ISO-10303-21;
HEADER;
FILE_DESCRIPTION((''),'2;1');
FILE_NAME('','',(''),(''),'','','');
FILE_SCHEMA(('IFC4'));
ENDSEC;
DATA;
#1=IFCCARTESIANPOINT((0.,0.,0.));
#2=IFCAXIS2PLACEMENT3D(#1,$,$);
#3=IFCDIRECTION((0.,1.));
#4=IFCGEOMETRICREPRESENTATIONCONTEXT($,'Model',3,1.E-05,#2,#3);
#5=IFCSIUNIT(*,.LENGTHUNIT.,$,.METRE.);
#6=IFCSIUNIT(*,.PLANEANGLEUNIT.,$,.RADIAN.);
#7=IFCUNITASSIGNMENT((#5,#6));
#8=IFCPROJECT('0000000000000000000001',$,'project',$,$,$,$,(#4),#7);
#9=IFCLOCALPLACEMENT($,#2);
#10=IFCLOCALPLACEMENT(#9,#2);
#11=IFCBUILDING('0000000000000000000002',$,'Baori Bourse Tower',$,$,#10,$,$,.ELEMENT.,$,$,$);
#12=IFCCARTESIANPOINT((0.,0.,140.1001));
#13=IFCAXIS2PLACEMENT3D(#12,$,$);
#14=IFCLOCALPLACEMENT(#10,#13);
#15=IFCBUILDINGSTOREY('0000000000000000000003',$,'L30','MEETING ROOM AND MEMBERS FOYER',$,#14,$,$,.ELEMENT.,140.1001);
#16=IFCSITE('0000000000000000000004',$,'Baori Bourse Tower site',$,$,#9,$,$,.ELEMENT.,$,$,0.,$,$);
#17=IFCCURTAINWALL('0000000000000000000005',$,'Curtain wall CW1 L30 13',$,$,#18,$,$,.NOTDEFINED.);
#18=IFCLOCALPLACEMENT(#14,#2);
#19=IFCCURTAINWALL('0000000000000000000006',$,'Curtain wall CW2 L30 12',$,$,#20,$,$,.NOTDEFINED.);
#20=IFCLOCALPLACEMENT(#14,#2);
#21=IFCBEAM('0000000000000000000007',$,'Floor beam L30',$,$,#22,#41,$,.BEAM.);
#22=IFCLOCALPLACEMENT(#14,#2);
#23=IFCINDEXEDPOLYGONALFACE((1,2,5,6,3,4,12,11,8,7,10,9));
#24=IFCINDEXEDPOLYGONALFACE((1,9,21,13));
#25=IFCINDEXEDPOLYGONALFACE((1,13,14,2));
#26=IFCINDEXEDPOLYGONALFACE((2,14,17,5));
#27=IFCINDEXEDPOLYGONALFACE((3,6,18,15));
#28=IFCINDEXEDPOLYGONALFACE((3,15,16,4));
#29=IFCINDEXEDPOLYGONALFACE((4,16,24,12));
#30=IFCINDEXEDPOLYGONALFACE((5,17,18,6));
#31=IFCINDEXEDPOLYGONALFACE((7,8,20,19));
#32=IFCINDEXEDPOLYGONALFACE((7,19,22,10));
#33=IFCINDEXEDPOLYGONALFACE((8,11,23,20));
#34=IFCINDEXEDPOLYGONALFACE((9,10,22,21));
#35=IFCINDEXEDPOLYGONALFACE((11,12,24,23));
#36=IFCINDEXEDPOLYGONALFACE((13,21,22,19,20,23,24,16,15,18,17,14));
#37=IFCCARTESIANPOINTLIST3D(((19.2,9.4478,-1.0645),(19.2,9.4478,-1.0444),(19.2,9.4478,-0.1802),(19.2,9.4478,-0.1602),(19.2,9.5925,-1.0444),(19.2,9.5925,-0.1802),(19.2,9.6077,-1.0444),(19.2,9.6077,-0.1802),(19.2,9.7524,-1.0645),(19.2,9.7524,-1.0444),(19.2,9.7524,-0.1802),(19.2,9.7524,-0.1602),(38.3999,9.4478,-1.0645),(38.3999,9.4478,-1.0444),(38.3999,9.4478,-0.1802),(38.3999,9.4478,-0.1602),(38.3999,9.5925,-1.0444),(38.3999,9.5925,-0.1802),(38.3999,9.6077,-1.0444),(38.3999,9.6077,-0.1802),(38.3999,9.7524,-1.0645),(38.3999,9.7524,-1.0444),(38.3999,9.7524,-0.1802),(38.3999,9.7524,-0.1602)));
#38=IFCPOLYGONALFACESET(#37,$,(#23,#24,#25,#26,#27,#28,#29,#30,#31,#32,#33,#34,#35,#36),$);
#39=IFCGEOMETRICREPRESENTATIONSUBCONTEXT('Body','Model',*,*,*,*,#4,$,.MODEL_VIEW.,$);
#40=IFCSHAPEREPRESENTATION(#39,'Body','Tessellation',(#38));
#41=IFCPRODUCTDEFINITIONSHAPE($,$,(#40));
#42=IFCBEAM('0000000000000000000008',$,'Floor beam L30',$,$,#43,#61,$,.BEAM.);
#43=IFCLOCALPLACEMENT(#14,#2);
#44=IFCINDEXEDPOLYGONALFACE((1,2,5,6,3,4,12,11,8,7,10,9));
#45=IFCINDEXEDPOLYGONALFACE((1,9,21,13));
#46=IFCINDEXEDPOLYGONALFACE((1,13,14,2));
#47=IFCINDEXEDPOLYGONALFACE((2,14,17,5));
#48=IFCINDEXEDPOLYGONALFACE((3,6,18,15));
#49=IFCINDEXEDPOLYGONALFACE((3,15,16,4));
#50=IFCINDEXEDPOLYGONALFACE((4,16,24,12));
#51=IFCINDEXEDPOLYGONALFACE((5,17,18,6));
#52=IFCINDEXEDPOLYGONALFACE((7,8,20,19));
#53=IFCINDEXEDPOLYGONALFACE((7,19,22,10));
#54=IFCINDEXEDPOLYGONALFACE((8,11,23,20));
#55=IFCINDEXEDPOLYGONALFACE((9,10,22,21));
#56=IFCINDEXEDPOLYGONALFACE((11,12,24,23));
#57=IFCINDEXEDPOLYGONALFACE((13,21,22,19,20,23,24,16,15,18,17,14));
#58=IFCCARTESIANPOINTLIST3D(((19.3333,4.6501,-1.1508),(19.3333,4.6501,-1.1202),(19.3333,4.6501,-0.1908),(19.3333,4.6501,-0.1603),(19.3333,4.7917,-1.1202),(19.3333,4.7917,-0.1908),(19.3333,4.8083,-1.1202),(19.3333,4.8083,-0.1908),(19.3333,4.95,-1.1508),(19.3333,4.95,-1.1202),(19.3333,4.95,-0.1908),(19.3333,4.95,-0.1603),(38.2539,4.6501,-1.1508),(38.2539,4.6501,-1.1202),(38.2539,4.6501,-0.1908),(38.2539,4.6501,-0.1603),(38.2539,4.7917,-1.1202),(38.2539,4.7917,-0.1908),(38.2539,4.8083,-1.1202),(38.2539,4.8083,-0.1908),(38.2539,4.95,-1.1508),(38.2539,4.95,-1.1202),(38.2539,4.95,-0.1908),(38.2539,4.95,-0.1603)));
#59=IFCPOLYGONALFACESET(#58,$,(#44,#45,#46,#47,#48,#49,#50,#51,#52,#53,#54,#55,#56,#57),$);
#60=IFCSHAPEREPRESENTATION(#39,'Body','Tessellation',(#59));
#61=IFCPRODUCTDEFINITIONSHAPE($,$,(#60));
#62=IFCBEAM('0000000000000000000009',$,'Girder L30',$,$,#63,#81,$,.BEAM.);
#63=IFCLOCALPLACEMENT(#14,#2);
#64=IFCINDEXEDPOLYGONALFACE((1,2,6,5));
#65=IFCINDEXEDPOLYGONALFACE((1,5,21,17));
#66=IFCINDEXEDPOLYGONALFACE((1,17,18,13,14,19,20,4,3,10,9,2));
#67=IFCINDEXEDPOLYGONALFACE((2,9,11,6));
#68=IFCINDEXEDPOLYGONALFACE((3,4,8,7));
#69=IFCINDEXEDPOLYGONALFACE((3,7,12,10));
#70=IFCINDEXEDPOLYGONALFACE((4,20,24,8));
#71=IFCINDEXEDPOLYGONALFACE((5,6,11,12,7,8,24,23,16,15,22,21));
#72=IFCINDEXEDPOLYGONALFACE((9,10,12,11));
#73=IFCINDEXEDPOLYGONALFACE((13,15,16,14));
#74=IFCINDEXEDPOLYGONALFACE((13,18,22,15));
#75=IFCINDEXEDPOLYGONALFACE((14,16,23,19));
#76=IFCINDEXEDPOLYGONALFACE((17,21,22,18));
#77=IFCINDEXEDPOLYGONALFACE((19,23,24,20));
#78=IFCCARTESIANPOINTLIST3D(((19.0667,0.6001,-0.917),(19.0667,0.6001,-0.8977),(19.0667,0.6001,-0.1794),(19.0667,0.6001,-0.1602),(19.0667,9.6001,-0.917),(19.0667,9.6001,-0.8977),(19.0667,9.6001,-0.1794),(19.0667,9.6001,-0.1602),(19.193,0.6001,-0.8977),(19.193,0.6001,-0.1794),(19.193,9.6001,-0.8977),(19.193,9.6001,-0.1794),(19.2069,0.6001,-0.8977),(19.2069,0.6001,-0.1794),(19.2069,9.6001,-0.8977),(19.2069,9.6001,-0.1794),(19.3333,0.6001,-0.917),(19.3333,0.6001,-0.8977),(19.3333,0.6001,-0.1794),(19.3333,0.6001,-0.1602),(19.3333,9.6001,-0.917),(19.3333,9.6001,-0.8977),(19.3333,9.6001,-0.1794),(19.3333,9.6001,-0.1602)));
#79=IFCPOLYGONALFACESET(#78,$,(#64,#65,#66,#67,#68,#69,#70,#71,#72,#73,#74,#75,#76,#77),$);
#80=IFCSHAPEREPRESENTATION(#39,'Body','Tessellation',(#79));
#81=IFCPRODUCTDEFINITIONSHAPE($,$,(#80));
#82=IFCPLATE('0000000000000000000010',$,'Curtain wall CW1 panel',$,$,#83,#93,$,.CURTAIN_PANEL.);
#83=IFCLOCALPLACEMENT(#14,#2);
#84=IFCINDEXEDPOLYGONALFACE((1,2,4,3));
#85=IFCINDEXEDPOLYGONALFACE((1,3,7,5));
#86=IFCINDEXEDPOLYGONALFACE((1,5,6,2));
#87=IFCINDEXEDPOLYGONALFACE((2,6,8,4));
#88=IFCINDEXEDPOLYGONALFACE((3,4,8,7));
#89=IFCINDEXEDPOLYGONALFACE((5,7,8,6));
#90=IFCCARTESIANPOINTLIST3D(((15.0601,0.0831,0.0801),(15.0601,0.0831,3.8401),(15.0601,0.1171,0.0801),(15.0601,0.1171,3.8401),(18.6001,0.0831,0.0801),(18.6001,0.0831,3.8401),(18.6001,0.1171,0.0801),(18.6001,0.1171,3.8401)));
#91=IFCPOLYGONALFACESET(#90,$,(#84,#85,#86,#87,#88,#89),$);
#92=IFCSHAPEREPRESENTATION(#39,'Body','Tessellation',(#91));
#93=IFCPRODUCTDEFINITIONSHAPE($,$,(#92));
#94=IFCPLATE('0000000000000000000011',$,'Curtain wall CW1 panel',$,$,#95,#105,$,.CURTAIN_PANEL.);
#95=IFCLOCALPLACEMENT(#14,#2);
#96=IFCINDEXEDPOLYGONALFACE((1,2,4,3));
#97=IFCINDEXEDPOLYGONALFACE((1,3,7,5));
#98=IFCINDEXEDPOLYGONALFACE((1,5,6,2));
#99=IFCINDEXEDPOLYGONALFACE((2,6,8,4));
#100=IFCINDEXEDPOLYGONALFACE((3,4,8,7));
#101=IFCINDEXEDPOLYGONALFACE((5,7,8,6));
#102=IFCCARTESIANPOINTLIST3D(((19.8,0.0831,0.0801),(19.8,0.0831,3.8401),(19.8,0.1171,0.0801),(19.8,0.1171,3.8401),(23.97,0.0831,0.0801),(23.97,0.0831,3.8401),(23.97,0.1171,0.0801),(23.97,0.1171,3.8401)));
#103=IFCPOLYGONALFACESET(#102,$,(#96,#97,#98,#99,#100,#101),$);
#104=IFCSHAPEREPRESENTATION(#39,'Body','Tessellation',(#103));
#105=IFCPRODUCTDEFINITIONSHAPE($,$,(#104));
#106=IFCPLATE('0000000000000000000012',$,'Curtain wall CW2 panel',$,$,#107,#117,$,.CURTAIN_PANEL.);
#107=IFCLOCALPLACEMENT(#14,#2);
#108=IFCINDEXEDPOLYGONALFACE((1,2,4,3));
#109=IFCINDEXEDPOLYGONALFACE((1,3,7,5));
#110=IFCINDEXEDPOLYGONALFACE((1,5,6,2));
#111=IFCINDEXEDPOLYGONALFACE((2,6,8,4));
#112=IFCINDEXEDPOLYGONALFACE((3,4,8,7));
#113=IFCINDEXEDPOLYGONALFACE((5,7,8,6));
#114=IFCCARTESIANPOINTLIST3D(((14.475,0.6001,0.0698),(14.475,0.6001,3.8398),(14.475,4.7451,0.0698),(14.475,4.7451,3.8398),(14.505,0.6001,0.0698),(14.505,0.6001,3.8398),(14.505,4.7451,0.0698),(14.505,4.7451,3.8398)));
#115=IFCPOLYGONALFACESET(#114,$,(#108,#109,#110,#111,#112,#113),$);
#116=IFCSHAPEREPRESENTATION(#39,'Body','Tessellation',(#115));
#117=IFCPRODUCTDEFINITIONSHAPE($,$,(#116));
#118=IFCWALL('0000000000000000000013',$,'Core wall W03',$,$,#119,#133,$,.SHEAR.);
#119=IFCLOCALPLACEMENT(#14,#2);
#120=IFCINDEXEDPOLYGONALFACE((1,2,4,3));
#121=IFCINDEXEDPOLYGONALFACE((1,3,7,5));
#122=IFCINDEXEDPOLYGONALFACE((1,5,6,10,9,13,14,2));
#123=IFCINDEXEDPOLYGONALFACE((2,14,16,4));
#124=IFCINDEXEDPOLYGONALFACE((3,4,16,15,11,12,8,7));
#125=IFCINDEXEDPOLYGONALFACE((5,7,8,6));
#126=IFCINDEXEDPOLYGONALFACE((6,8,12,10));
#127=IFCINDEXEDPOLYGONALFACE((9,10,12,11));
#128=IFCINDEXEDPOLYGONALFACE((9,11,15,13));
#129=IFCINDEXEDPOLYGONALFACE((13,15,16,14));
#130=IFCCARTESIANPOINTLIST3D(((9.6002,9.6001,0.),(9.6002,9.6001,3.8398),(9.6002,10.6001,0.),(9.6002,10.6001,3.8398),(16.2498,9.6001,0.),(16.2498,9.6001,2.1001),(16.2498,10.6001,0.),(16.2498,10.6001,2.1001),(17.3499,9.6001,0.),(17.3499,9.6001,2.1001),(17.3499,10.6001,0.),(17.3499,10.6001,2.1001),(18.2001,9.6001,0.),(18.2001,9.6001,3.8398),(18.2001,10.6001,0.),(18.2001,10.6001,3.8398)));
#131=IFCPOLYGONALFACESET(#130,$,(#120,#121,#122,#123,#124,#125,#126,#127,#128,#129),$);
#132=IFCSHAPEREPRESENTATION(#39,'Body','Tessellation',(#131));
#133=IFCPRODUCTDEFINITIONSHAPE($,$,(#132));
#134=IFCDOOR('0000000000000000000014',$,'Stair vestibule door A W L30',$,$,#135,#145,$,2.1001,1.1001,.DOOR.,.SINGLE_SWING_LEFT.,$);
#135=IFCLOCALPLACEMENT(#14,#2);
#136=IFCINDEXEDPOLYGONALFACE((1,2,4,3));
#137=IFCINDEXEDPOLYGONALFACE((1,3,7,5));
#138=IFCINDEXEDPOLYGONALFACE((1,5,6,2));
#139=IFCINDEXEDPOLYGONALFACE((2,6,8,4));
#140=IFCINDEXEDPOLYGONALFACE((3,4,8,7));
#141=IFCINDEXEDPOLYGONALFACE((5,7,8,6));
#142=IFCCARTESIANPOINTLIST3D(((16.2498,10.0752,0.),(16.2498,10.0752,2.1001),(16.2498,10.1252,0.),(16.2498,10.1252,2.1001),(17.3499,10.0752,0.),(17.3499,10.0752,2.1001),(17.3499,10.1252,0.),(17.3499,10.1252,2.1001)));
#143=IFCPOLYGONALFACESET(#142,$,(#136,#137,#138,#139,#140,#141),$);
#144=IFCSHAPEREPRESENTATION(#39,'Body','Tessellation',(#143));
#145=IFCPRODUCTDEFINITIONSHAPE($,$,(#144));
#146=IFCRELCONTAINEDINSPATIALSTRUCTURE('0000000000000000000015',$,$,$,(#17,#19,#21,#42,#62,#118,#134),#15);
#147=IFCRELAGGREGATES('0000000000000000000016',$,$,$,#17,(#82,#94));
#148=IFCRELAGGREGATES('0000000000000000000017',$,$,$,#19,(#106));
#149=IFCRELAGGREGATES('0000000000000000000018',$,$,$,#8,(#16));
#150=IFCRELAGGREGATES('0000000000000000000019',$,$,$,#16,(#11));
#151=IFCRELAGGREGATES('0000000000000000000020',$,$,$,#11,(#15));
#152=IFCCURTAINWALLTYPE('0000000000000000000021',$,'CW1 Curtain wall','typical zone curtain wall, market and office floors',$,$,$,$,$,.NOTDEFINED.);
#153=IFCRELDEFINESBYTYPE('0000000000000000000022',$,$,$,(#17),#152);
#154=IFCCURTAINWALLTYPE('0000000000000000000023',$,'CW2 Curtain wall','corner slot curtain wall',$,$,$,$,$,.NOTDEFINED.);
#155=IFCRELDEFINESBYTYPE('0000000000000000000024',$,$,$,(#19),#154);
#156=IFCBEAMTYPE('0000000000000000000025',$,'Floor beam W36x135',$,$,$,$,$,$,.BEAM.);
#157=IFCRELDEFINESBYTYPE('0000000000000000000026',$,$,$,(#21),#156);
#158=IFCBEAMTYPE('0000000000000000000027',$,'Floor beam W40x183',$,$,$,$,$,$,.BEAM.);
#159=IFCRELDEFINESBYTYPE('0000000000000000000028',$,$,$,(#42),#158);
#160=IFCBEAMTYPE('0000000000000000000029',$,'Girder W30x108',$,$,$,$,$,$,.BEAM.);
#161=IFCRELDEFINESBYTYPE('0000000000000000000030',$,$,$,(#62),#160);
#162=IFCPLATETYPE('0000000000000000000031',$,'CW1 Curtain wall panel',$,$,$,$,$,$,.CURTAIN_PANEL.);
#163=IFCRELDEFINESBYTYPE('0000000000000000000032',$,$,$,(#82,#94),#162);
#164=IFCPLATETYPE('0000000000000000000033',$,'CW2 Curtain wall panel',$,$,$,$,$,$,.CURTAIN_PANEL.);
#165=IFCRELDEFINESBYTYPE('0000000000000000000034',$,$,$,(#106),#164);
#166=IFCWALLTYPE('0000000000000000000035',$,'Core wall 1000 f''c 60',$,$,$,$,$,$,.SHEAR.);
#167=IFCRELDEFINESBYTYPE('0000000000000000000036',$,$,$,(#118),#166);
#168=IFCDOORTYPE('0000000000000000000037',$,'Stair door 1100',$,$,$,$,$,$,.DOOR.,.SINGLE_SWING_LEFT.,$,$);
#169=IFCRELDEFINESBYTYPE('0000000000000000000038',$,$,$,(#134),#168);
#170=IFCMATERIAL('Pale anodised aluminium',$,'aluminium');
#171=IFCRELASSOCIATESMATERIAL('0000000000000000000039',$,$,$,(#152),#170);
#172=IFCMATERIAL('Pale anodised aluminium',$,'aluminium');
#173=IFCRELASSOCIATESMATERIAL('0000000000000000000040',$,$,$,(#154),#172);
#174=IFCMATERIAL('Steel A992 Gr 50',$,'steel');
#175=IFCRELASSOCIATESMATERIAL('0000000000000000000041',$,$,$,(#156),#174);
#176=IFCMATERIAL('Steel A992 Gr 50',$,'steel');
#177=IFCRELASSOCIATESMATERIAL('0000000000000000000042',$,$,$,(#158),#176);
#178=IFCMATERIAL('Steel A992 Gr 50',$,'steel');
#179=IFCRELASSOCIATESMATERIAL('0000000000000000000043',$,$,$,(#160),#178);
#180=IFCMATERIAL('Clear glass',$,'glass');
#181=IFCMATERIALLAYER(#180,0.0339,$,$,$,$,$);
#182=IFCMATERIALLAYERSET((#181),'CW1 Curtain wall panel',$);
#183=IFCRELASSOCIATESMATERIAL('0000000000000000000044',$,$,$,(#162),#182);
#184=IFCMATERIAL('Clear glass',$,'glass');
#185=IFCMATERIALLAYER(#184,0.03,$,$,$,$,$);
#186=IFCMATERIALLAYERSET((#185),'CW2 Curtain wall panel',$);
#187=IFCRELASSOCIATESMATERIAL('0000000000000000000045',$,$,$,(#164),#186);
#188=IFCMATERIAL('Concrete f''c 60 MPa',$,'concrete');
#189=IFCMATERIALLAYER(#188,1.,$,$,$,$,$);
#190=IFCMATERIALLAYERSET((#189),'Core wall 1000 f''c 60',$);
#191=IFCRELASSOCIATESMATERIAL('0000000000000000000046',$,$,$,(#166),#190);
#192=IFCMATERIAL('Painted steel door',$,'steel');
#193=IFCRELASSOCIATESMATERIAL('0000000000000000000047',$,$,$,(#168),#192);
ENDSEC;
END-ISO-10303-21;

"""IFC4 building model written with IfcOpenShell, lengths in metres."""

from ifc_helpers import new_model, si_unit, direction, frame, frame_2d, origin, origin_2d, place, context, subcontext, project, spatial, rectangle, i_section, extrude, material, layer, layer_set, material_profile, profile_set, type_object, element, fill, aggregate, save


model = new_model("IFC4")

# Units and contexts
model_context = context("Model", 3, precision=1e-05, world=origin(), true_north=direction((0.0, 1.0)))
body_context = subcontext(model_context, "Body", "Model", "MODEL_VIEW")
ifc_project = project(units=[si_unit("LENGTHUNIT", "METRE"), si_unit("PLANEANGLEUNIT", "RADIAN")], contexts=[model_context])

# Site, building, storey
site_placement = place(None, origin())
site = spatial("IfcSite", under=ifc_project, at=site_placement, Name="Baori Bourse Tower site", CompositionType="ELEMENT", RefElevation=0.0)
building_placement = place(site_placement, origin())
building = spatial("IfcBuilding", under=site, at=building_placement, Name="Baori Bourse Tower", CompositionType="ELEMENT")
storey_placement = place(building_placement, frame((0.0, 0.0, 140.1001)))
storey = spatial("IfcBuildingStorey", under=building, at=storey_placement, Name="L30", Description="MEETING ROOM AND MEMBERS FOYER", CompositionType="ELEMENT", Elevation=140.1001)

# Curtain walls
ifc_material_1 = material(Name="Pale anodised aluminium", Category="aluminium")
curtain_wall_type_1 = type_object("IfcCurtainWallType", Name="CW1 Curtain wall", Description="typical zone curtain wall, market and office floors", PredefinedType="NOTDEFINED", material=ifc_material_1)
curtain_wall_1_placement = place(storey_placement, origin())
curtain_wall_1 = element("IfcCurtainWall", 1, at=curtain_wall_1_placement, inside=storey, type_object=curtain_wall_type_1, Name="Curtain wall CW1 L30 13", PredefinedType="NOTDEFINED")
ifc_material_2 = material(Name="Pale anodised aluminium", Category="aluminium")
curtain_wall_type_2 = type_object("IfcCurtainWallType", Name="CW2 Curtain wall", Description="corner slot curtain wall", PredefinedType="NOTDEFINED", material=ifc_material_2)
curtain_wall_2_placement = place(storey_placement, origin())
curtain_wall_2 = element("IfcCurtainWall", 2, at=curtain_wall_2_placement, inside=storey, type_object=curtain_wall_type_2, Name="Curtain wall CW2 L30 12", PredefinedType="NOTDEFINED")

# Beams
ifc_material_3 = material(Name="Steel A992 Gr 50", Category="steel")
ifc_material_profile_1 = material_profile(ifc_material_3, i_section(OverallWidth=0.3047, OverallDepth=0.9043, WebThickness=0.0151, FlangeThickness=0.02, at=origin_2d()), Name="W36x135")
ifc_profile_set_1 = profile_set([ifc_material_profile_1], Name="Steel A992 Gr 50")
beam_type_1 = type_object("IfcBeamType", Name="Floor beam W36x135", PredefinedType="BEAM", material=ifc_profile_set_1)
beam_1_placement = place(storey_placement, frame((19.2, 9.6001, -0.6123), z_axis=(1.0, 0.0, 0.0), x_axis=(0.0, 1.0, 0.0)))
element("IfcBeam", 3, at=beam_1_placement, inside=storey, type_object=beam_type_1, Name="Floor beam L30", PredefinedType="BEAM", context=body_context, shape_type="SweptSolid", body=[
    extrude(i_section(OverallWidth=0.3047, OverallDepth=0.9043, WebThickness=0.0151, FlangeThickness=0.02, at=origin_2d()), origin(), (0.0, 0.0, 1.0), 19.2),
])
ifc_material_4 = material(Name="Steel A992 Gr 50", Category="steel")
ifc_material_profile_2 = material_profile(ifc_material_4, i_section(OverallWidth=0.2998, OverallDepth=0.9905, WebThickness=0.0166, FlangeThickness=0.0305, at=origin_2d()), Name="W40x183")
ifc_profile_set_2 = profile_set([ifc_material_profile_2], Name="Steel A992 Gr 50")
beam_type_2 = type_object("IfcBeamType", Name="Floor beam W40x183", PredefinedType="BEAM", material=ifc_profile_set_2)
beam_2_placement = place(storey_placement, frame((19.3333, 4.8, -0.6555), z_axis=(1.0, 0.0, 0.0), x_axis=(0.0, 1.0, 0.0)))
element("IfcBeam", 4, at=beam_2_placement, inside=storey, type_object=beam_type_2, Name="Floor beam L30", PredefinedType="BEAM", context=body_context, shape_type="SweptSolid", body=[
    extrude(i_section(OverallWidth=0.2998, OverallDepth=0.9905, WebThickness=0.0166, FlangeThickness=0.0305, at=origin_2d()), origin(), (0.0, 0.0, 1.0), 18.9207),
])
ifc_material_5 = material(Name="Steel A992 Gr 50", Category="steel")
ifc_material_profile_3 = material_profile(ifc_material_5, i_section(OverallWidth=0.2666, OverallDepth=0.7568, WebThickness=0.0139, FlangeThickness=0.0193, at=origin_2d()), Name="W30x108")
ifc_profile_set_3 = profile_set([ifc_material_profile_3], Name="Steel A992 Gr 50")
beam_type_3 = type_object("IfcBeamType", Name="Girder W30x108", PredefinedType="BEAM", material=ifc_profile_set_3)
beam_3_placement = place(storey_placement, frame((19.2, 0.6001, -0.5386), z_axis=(0.0, 1.0, 0.0), x_axis=(-1.0, 0.0, 0.0)))
element("IfcBeam", 5, at=beam_3_placement, inside=storey, type_object=beam_type_3, Name="Girder L30", PredefinedType="BEAM", context=body_context, shape_type="SweptSolid", body=[
    extrude(i_section(OverallWidth=0.2666, OverallDepth=0.7568, WebThickness=0.0139, FlangeThickness=0.0193, at=origin_2d()), origin(), (0.0, 0.0, 1.0), 9.0),
])

# Plates
ifc_material_6 = material(Name="Clear glass", Category="glass")
ifc_layer_1 = layer(ifc_material_6, 0.0339)
ifc_layer_set_1 = layer_set([ifc_layer_1], Name="CW1 Curtain wall panel")
plate_type_1 = type_object("IfcPlateType", Name="CW1 Curtain wall panel", PredefinedType="CURTAIN_PANEL", material=ifc_layer_set_1)
plate_1_placement = place(storey_placement, frame((16.8301, 0.1001, 0.0801), z_axis=(0.0, 0.0, 1.0), x_axis=(1.0, 0.0, 0.0)))
plate_1 = element("IfcPlate", 6, at=plate_1_placement, type_object=plate_type_1, Name="Curtain wall CW1 panel", PredefinedType="CURTAIN_PANEL", context=body_context, shape_type="SweptSolid", body=[
    extrude(rectangle(XDim=3.54, YDim=0.0339, at=origin_2d()), origin(), (0.0, 0.0, 1.0), 3.76),
])
plate_2_placement = place(storey_placement, frame((21.885, 0.1001, 0.0801), z_axis=(0.0, 0.0, 1.0), x_axis=(1.0, 0.0, 0.0)))
plate_2 = element("IfcPlate", 7, at=plate_2_placement, type_object=plate_type_1, Name="Curtain wall CW1 panel", PredefinedType="CURTAIN_PANEL", context=body_context, shape_type="SweptSolid", body=[
    extrude(rectangle(XDim=4.1699, YDim=0.0339, at=origin_2d()), origin(), (0.0, 0.0, 1.0), 3.76),
])
aggregate(curtain_wall_1, [plate_1, plate_2])
ifc_material_7 = material(Name="Clear glass", Category="glass")
ifc_layer_2 = layer(ifc_material_7, 0.03)
ifc_layer_set_2 = layer_set([ifc_layer_2], Name="CW2 Curtain wall panel")
plate_type_2 = type_object("IfcPlateType", Name="CW2 Curtain wall panel", PredefinedType="CURTAIN_PANEL", material=ifc_layer_set_2)
plate_3_placement = place(storey_placement, frame((14.49, 2.6726, 0.0698), z_axis=(0.0, 0.0, 1.0), x_axis=(0.0, -1.0, 0.0)))
plate_3 = element("IfcPlate", 8, at=plate_3_placement, type_object=plate_type_2, Name="Curtain wall CW2 panel", PredefinedType="CURTAIN_PANEL", context=body_context, shape_type="SweptSolid", body=[
    extrude(rectangle(XDim=4.145, YDim=0.03, at=origin_2d()), origin(), (0.0, 0.0, 1.0), 3.77),
])
aggregate(curtain_wall_2, [plate_3])

# Wall, opening, door
ifc_material_8 = material(Name="Concrete f'c 60 MPa", Category="concrete")
ifc_layer_3 = layer(ifc_material_8, 1.0)
ifc_layer_set_3 = layer_set([ifc_layer_3], Name="Core wall 1000 f'c 60")
wall_type_1 = type_object("IfcWallType", Name="Core wall 1000 f'c 60", PredefinedType="SHEAR", material=ifc_layer_set_3)
wall_1_placement = place(storey_placement, frame((18.2, 10.1001, 0.0), z_axis=(0.0, 0.0, 1.0), x_axis=(-1.0, 0.0, 0.0)))
wall_1 = element("IfcWall", 9, at=wall_1_placement, inside=storey, type_object=wall_type_1, Name="Core wall W03", PredefinedType="SHEAR", context=body_context, shape_type="SweptSolid", body=[
    extrude(rectangle(XDim=8.5999, YDim=1.0, at=frame_2d((4.2998, 0.0))), origin(), (0.0, 0.0, 1.0), 3.8398),
])
opening_1_placement = place(wall_1_placement, frame((0.8501, 0.0, 0.0)))
opening_1 = element("IfcOpeningElement", 10, at=opening_1_placement, cuts=wall_1, PredefinedType="OPENING", context=body_context, shape_type="SweptSolid", body=[
    extrude(rectangle(XDim=1.1001, YDim=2.1001, at=frame_2d((0.55, 1.05))), frame((0.0, 0.51, 0.0), z_axis=(0.0, -1.0, 0.0), x_axis=(1.0, 0.0, 0.0)), (0.0, 0.0, 1.0), 1.02),
])
ifc_material_9 = material(Name="Painted steel door", Category="steel")
door_type_1 = type_object("IfcDoorType", Name="Stair door 1100", OperationType="SINGLE_SWING_LEFT", PredefinedType="DOOR", material=ifc_material_9)
door_1_placement = place(opening_1_placement, origin())
door_1 = element("IfcDoor", 11, at=door_1_placement, inside=storey, type_object=door_type_1, Name="Stair vestibule door A W L30", OperationType="SINGLE_SWING_LEFT", OverallHeight=2.1001, OverallWidth=1.1001, PredefinedType="DOOR", context=body_context, shape_type="SweptSolid", body=[
    extrude(rectangle(XDim=1.1001, YDim=2.1001, at=frame_2d((0.55, 1.05))), frame((0.0, 0.0249, 0.0), z_axis=(0.0, -1.0, 0.0), x_axis=(1.0, 0.0, 0.0)), (0.0, 0.0, 1.0), 0.05),
])
fill(opening_1, door_1)

save(model, "model.ifc")
